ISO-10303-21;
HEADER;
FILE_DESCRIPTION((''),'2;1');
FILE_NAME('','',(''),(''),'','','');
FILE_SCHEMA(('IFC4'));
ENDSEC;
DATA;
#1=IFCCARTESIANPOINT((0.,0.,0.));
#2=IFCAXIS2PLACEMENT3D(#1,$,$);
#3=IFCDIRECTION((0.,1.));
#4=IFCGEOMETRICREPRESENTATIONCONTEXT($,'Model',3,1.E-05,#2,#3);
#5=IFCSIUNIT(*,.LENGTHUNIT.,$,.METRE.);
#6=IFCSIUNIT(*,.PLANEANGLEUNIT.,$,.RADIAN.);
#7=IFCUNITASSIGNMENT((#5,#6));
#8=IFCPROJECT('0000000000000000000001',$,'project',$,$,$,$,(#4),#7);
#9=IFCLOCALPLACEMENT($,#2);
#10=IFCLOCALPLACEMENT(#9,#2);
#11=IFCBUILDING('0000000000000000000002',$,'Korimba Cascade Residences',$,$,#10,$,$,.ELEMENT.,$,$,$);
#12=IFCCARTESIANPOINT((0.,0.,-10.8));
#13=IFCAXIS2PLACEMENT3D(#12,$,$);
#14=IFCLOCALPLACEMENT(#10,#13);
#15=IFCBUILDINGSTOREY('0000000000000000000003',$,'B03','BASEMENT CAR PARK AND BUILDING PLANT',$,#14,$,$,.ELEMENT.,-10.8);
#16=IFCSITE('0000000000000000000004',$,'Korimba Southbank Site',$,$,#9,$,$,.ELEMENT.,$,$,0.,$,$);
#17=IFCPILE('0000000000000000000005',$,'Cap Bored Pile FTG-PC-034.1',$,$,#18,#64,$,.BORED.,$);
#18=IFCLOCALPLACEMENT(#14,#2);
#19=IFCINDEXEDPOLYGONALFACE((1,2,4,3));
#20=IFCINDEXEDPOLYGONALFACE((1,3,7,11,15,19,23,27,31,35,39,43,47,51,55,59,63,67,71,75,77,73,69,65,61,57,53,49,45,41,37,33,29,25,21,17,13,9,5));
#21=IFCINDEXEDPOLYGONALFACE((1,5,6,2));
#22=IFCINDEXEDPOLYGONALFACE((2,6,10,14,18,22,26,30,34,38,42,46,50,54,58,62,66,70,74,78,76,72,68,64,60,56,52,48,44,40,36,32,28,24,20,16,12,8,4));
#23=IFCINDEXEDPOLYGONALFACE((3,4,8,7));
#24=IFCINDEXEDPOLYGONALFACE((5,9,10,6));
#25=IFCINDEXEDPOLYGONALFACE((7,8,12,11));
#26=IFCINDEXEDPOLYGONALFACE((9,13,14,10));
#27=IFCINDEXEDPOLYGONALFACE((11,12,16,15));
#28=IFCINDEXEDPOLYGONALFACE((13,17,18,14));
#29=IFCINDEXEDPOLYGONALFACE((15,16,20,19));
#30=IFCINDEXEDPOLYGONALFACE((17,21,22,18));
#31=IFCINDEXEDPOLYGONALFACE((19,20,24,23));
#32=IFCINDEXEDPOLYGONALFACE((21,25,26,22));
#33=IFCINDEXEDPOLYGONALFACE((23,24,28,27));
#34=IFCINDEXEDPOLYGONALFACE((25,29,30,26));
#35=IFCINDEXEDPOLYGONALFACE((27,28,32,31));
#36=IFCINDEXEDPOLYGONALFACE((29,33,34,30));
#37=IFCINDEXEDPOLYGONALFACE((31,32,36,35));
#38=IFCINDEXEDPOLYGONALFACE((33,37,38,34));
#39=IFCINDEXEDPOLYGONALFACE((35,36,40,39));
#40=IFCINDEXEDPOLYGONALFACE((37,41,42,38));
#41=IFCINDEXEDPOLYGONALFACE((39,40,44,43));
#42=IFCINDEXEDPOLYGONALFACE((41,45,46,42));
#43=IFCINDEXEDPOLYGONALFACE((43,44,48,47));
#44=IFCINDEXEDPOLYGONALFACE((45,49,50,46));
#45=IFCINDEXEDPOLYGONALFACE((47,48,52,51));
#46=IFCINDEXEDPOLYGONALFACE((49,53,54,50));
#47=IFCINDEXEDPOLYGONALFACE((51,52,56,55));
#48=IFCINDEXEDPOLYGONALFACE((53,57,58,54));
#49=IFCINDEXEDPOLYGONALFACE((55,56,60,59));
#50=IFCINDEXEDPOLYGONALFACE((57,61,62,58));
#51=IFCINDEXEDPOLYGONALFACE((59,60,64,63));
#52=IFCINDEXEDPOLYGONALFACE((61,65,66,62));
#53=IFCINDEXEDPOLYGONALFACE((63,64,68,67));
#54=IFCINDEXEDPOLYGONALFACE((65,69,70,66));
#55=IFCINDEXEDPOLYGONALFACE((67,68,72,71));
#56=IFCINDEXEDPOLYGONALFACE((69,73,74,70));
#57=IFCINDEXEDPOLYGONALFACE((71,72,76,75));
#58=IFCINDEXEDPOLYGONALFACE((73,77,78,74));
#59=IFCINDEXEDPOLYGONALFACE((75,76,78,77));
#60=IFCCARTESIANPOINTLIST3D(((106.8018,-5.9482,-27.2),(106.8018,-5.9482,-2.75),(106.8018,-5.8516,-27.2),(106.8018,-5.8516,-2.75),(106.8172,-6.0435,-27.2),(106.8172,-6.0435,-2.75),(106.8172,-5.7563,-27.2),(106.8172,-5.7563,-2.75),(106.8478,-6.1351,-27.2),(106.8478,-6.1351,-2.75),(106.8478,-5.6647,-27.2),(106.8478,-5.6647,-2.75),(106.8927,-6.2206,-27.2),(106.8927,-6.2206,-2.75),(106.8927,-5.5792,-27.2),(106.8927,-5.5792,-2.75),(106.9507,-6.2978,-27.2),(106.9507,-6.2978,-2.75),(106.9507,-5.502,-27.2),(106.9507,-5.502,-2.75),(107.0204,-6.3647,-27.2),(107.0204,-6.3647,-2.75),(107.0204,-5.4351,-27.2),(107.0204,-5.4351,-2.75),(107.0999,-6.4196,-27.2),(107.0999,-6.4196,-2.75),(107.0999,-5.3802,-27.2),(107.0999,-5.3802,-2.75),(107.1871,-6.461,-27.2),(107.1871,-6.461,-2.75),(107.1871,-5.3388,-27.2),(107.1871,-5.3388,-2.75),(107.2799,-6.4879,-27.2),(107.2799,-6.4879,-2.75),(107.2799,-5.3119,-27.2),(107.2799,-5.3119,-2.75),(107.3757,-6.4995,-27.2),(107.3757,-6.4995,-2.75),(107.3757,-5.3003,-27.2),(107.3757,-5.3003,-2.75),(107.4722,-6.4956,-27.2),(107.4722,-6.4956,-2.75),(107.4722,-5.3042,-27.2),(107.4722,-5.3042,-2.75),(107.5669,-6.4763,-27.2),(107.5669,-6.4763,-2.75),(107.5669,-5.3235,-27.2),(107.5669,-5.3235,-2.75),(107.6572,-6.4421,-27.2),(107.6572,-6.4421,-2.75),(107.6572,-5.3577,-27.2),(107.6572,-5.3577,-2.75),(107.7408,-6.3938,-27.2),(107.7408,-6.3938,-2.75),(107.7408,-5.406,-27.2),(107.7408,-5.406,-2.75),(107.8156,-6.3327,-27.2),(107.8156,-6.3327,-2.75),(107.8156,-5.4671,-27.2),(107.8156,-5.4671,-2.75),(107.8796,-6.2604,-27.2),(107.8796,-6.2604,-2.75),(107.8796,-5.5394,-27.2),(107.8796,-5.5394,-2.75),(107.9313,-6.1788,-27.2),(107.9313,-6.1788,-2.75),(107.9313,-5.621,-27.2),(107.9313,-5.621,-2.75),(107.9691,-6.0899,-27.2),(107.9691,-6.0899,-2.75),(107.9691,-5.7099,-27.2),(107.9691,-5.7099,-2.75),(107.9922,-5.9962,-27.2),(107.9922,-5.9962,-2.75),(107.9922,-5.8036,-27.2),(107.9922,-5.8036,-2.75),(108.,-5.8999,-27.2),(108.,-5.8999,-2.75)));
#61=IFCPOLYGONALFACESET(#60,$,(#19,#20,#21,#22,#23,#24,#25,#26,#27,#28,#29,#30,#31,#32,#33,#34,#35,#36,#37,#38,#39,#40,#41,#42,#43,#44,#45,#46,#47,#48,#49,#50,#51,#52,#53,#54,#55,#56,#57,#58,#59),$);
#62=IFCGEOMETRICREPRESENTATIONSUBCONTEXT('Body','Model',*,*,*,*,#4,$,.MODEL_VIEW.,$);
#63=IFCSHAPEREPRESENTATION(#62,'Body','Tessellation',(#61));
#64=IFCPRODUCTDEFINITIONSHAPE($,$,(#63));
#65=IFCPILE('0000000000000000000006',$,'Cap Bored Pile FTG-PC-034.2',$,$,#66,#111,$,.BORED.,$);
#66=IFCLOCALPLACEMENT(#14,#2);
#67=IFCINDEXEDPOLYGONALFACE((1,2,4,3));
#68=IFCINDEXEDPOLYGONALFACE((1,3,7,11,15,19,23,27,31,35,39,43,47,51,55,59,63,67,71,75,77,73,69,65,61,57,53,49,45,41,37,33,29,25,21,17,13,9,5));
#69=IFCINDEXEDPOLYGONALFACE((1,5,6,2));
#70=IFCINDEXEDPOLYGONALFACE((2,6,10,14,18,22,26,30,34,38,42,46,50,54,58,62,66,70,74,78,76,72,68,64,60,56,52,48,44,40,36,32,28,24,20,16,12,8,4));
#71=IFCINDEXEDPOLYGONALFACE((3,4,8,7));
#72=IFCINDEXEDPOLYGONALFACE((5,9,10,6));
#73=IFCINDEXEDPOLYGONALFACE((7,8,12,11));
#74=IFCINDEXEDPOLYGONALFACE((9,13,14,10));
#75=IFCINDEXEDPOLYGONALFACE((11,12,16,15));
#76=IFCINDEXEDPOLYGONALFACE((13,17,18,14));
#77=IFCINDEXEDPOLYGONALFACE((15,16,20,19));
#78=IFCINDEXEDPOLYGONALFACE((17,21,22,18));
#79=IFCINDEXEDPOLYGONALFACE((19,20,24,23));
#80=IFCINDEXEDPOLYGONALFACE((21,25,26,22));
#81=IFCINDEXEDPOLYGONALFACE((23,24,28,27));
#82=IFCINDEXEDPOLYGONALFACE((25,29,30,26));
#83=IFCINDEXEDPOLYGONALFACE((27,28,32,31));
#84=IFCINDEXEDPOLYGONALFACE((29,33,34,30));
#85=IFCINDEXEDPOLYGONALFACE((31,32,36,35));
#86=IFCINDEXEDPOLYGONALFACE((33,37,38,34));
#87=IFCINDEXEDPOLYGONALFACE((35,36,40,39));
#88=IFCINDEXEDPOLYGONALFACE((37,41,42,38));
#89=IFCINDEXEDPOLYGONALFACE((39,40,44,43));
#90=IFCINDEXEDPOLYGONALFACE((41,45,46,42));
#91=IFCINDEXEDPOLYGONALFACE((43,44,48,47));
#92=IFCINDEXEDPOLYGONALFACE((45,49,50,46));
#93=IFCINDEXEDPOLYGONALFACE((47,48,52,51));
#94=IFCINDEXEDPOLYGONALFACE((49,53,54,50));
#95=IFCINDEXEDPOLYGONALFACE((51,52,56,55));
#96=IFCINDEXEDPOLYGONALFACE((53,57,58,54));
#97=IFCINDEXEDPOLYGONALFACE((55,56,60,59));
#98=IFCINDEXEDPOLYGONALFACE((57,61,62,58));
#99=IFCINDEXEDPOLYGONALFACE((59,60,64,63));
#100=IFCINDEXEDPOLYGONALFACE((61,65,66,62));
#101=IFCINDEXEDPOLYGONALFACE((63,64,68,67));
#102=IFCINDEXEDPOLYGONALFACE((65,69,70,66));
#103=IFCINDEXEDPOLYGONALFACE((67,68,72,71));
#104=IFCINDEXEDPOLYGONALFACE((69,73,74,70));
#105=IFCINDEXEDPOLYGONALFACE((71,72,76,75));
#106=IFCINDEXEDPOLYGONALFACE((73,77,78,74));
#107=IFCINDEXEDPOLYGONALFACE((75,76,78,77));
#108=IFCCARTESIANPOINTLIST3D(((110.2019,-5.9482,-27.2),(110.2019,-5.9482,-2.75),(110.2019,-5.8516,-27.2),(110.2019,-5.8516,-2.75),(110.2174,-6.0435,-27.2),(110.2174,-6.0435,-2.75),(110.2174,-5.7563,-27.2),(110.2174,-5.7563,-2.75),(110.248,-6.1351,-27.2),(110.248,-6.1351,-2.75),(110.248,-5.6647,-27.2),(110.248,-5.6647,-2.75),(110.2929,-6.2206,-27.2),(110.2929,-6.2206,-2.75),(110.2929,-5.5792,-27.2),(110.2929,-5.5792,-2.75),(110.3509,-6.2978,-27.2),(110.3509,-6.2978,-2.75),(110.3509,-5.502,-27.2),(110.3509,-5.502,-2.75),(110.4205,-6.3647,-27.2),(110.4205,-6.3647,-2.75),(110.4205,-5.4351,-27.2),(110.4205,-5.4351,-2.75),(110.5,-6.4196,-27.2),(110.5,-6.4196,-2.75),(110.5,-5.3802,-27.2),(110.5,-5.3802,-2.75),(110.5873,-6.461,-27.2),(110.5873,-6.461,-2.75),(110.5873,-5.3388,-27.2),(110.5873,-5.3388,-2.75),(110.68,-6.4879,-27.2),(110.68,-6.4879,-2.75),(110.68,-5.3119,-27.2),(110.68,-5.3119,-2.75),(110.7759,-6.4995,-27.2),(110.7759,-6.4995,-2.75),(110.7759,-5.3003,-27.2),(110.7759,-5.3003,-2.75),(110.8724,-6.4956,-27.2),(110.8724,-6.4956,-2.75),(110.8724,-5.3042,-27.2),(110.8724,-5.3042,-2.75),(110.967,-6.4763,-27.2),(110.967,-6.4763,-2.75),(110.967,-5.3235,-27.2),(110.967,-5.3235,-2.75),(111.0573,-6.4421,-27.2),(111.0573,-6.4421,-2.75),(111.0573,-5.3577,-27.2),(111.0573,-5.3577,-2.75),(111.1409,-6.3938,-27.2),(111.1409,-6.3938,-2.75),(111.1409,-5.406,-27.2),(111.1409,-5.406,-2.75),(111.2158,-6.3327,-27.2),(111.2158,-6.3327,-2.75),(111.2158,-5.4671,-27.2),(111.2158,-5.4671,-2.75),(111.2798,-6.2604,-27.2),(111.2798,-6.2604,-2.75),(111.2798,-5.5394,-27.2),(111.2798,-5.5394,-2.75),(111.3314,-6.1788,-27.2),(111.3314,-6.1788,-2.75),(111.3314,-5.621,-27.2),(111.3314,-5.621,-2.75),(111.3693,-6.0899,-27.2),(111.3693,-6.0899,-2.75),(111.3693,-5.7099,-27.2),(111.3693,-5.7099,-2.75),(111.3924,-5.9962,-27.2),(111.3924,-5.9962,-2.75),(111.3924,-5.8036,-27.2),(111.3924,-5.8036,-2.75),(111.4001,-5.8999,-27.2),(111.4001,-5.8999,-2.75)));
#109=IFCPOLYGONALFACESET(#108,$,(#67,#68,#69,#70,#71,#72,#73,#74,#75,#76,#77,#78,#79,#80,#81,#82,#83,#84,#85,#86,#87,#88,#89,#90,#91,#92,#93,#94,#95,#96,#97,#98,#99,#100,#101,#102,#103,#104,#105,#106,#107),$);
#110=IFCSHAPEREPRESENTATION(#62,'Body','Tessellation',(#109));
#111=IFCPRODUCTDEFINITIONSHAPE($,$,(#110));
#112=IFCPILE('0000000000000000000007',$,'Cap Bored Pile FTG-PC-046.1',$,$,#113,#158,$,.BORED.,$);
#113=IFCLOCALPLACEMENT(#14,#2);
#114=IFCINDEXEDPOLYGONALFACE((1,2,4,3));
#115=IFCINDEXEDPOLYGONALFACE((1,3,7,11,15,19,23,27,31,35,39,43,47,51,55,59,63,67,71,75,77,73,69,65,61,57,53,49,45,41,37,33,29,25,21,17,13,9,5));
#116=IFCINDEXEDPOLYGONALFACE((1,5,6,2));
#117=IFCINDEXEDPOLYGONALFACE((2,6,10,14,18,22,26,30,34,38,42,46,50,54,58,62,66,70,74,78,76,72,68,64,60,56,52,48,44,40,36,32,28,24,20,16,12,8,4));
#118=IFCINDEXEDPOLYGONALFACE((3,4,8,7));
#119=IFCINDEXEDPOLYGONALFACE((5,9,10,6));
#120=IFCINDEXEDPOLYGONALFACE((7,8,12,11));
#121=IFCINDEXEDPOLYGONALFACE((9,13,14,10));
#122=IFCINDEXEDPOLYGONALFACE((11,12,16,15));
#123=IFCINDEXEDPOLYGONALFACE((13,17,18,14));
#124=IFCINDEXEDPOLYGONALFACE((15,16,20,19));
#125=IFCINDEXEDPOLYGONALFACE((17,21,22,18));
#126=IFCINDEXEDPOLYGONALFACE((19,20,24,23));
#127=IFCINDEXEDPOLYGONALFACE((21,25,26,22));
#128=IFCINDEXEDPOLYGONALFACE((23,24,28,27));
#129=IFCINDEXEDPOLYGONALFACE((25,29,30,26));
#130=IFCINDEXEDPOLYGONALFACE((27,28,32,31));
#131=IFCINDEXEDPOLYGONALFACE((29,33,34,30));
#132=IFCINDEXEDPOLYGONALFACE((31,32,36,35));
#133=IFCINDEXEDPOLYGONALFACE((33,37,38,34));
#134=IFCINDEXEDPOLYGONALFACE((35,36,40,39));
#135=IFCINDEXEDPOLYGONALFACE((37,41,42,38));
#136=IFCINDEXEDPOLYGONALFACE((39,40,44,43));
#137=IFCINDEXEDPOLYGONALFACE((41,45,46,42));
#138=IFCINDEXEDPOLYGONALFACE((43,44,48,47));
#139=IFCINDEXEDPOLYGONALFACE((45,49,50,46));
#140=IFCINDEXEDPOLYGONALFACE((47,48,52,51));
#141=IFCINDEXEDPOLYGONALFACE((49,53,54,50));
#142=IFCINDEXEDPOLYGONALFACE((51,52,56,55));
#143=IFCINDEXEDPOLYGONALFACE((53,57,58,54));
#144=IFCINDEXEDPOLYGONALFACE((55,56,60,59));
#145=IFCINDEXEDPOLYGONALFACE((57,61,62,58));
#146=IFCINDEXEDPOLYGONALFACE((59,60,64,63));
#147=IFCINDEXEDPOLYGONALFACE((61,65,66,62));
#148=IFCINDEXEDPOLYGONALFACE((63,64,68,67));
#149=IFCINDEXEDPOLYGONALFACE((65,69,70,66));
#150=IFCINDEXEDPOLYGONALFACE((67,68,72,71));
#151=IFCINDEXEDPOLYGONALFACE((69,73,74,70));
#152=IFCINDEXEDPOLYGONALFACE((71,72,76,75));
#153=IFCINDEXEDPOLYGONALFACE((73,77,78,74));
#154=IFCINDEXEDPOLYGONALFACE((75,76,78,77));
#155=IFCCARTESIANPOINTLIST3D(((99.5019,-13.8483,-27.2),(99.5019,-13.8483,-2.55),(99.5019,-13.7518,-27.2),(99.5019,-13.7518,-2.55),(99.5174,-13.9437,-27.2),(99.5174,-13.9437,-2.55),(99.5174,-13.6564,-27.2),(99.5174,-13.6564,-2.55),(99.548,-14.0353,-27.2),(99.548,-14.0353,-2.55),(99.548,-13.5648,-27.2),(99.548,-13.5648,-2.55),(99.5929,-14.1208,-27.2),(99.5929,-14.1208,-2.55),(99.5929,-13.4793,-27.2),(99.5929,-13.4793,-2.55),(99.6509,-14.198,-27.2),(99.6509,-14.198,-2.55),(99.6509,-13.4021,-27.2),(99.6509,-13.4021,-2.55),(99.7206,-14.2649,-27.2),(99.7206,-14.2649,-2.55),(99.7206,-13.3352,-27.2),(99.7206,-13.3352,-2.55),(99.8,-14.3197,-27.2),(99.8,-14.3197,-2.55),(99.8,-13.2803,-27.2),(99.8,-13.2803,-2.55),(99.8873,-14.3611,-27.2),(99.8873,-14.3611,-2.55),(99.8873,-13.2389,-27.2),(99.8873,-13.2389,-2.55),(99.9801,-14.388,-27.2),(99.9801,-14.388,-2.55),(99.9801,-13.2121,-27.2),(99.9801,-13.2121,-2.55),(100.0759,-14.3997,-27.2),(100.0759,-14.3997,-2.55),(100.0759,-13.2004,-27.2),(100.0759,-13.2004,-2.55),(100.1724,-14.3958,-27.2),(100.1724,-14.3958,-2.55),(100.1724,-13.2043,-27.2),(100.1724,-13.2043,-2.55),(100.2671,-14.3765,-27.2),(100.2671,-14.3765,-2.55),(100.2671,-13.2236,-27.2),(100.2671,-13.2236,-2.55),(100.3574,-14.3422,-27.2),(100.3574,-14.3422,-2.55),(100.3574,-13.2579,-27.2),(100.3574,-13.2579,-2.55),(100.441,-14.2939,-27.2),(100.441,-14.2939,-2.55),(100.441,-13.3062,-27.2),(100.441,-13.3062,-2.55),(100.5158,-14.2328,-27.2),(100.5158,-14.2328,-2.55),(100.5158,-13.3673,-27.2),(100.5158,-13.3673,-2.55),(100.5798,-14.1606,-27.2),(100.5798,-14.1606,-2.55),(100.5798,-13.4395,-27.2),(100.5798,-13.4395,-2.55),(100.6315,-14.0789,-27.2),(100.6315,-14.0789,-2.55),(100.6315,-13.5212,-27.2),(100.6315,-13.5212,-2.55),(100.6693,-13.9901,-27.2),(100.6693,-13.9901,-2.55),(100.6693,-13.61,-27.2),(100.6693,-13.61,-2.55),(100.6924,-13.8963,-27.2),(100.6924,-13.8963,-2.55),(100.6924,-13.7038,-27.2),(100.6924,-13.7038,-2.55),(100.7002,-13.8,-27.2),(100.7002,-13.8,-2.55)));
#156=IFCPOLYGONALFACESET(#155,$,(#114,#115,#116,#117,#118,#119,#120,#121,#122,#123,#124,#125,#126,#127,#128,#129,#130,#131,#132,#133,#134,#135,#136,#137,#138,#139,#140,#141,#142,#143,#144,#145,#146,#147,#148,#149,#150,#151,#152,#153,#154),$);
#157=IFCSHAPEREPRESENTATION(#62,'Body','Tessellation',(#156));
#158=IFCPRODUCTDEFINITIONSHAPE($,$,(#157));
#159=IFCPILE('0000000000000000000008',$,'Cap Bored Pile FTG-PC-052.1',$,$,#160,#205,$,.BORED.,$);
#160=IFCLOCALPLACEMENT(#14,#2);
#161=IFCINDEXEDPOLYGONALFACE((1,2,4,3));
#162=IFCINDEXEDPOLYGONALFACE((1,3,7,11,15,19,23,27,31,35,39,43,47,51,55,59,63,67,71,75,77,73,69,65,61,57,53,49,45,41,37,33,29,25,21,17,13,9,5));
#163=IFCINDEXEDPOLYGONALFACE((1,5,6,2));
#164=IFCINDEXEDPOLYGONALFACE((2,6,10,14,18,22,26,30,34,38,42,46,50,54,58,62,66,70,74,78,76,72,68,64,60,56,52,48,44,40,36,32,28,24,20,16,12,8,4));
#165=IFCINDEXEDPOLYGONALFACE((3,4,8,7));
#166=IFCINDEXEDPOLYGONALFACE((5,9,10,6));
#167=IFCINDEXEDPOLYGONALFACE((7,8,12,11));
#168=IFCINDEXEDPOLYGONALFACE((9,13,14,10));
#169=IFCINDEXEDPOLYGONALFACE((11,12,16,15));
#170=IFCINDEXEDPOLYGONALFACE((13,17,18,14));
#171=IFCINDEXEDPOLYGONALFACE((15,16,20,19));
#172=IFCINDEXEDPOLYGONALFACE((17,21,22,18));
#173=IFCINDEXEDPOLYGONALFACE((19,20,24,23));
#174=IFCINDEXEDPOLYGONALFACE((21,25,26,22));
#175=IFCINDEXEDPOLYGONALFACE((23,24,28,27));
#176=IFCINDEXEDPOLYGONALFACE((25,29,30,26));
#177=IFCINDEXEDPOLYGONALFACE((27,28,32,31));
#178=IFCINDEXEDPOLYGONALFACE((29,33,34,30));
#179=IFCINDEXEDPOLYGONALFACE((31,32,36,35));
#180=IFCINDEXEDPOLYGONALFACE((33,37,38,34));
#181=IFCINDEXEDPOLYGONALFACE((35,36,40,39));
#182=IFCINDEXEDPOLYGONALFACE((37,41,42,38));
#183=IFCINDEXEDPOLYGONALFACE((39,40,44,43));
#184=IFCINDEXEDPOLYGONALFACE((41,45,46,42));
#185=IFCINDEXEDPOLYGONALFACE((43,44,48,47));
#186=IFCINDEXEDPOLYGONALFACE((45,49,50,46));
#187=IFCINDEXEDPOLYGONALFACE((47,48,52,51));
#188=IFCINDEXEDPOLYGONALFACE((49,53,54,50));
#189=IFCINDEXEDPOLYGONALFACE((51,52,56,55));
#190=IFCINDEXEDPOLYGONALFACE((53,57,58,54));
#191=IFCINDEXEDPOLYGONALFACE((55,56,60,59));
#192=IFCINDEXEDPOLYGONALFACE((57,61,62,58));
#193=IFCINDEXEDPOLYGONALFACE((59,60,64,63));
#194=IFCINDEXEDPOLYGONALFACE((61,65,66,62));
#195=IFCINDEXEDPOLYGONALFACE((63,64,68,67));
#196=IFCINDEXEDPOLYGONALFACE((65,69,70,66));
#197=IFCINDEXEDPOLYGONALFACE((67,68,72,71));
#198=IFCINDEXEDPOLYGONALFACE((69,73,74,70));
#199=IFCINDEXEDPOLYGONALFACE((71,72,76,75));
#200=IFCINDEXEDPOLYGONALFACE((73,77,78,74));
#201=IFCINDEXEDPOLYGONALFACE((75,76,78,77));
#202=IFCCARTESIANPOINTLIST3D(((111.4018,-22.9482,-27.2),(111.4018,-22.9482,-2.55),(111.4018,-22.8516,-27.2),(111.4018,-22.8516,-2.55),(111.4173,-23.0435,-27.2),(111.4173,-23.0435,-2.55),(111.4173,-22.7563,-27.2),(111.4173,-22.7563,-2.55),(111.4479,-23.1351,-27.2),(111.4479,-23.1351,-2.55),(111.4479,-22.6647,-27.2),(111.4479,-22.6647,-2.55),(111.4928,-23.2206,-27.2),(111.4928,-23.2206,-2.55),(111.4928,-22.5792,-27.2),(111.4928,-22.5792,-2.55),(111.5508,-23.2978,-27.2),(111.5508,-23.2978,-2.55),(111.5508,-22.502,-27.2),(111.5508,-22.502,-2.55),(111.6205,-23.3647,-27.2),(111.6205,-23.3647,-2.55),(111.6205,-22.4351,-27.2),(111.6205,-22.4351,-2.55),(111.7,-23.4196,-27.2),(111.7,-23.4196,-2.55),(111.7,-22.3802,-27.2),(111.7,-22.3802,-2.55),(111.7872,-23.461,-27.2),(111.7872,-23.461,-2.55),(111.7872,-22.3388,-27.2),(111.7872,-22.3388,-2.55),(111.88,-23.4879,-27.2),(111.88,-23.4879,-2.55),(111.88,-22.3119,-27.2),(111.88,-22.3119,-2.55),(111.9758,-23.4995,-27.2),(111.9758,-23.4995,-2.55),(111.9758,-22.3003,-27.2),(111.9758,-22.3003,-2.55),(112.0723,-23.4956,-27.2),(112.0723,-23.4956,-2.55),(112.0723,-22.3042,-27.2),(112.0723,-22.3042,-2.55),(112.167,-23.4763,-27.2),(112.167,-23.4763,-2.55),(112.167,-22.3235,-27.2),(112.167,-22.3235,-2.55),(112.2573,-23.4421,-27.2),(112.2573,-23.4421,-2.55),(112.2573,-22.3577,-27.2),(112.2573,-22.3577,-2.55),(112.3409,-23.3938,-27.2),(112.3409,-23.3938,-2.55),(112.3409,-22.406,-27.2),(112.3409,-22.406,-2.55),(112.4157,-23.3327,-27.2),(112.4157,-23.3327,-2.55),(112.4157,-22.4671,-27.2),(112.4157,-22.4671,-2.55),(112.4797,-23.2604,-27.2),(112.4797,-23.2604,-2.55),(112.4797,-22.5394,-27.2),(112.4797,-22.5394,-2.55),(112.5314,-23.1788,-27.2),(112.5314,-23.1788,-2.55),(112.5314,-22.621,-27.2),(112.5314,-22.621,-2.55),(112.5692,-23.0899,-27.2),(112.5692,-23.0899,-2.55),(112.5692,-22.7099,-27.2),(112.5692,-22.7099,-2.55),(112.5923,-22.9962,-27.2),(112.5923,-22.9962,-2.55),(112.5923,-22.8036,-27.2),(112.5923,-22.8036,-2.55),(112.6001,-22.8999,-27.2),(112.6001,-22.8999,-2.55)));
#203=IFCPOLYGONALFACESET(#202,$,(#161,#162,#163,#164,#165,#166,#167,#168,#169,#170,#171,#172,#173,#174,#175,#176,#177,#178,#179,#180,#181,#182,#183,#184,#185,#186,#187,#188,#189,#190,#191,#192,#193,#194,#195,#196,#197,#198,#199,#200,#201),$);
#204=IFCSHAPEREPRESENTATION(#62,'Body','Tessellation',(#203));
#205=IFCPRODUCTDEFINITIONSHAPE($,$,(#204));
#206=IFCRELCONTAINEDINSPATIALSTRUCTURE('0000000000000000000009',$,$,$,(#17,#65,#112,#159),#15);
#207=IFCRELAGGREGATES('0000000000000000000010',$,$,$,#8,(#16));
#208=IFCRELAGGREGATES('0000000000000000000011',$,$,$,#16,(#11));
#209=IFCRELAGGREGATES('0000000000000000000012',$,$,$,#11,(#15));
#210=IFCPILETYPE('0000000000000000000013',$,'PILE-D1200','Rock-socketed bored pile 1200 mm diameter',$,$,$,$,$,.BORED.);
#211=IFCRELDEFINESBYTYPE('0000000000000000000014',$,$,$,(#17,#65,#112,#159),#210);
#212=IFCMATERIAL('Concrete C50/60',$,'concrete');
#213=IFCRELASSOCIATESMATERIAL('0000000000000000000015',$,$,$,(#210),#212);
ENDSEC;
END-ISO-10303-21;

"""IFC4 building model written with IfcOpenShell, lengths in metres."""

from ifc_helpers import new_model, si_unit, direction, frame, origin, origin_2d, place, context, subcontext, project, spatial, circle, extrude, material, material_profile, profile_set, type_object, element, save


model = new_model("IFC4")

# Units and contexts
model_context = context("Model", 3, precision=1e-05, world=origin(), true_north=direction((0.0, 1.0)))
body_context = subcontext(model_context, "Body", "Model", "MODEL_VIEW")
ifc_project = project(units=[si_unit("LENGTHUNIT", "METRE"), si_unit("PLANEANGLEUNIT", "RADIAN")], contexts=[model_context])

# Site, building, storey
site_placement = place(None, origin())
site = spatial("IfcSite", under=ifc_project, at=site_placement, Name="Korimba Southbank Site", CompositionType="ELEMENT", RefElevation=0.0)
building_placement = place(site_placement, origin())
building = spatial("IfcBuilding", under=site, at=building_placement, Name="Korimba Cascade Residences", CompositionType="ELEMENT")
storey_placement = place(building_placement, frame((0.0, 0.0, -10.8)))
storey = spatial("IfcBuildingStorey", under=building, at=storey_placement, Name="B03", Description="BASEMENT CAR PARK AND BUILDING PLANT", CompositionType="ELEMENT", Elevation=-10.8)

# Piles
ifc_material_1 = material(Name="Concrete C50/60", Category="concrete")
ifc_material_profile_1 = material_profile(ifc_material_1, circle(Radius=0.6001, at=origin_2d()), Name="Concrete C50/60")
ifc_profile_set_1 = profile_set([ifc_material_profile_1], Name="Concrete C50/60")
pile_type = type_object("IfcPileType", Name="PILE-D1200", Description="Rock-socketed bored pile 1200 mm diameter", PredefinedType="BORED", material=ifc_profile_set_1)
for number, where, z_axis, x_axis, name in (
    (1, (107.3999, -5.8999, -2.75), (0.0, 0.0, -1.0), (1.0, 0.0, 0.0), "Cap Bored Pile FTG-PC-034.1"),
    (2, (110.8, -5.8999, -2.75), (0.0, 0.0, -1.0), (1.0, 0.0, 0.0), "Cap Bored Pile FTG-PC-034.2"),
):
    element("IfcPile", number, at=place(storey_placement, frame(where, z_axis=z_axis, x_axis=x_axis)), inside=storey, type_object=pile_type, Name=name, PredefinedType="BORED", context=body_context, shape_type="SweptSolid", body=[
        extrude(circle(Radius=0.6001, at=origin_2d()), origin(), (0.0, 0.0, 1.0), 24.45),
    ])
for number, where, z_axis, x_axis, name in (
    (3, (100.1001, -13.8, -2.55), (0.0, 0.0, -1.0), (1.0, 0.0, 0.0), "Cap Bored Pile FTG-PC-046.1"),
    (4, (112.0, -22.8999, -2.55), (0.0, 0.0, -1.0), (1.0, 0.0, 0.0), "Cap Bored Pile FTG-PC-052.1"),
):
    element("IfcPile", number, at=place(storey_placement, frame(where, z_axis=z_axis, x_axis=x_axis)), inside=storey, type_object=pile_type, Name=name, PredefinedType="BORED", context=body_context, shape_type="SweptSolid", body=[
        extrude(circle(Radius=0.6001, at=origin_2d()), origin(), (0.0, 0.0, 1.0), 24.6499),
    ])

save(model, "model.ifc")
